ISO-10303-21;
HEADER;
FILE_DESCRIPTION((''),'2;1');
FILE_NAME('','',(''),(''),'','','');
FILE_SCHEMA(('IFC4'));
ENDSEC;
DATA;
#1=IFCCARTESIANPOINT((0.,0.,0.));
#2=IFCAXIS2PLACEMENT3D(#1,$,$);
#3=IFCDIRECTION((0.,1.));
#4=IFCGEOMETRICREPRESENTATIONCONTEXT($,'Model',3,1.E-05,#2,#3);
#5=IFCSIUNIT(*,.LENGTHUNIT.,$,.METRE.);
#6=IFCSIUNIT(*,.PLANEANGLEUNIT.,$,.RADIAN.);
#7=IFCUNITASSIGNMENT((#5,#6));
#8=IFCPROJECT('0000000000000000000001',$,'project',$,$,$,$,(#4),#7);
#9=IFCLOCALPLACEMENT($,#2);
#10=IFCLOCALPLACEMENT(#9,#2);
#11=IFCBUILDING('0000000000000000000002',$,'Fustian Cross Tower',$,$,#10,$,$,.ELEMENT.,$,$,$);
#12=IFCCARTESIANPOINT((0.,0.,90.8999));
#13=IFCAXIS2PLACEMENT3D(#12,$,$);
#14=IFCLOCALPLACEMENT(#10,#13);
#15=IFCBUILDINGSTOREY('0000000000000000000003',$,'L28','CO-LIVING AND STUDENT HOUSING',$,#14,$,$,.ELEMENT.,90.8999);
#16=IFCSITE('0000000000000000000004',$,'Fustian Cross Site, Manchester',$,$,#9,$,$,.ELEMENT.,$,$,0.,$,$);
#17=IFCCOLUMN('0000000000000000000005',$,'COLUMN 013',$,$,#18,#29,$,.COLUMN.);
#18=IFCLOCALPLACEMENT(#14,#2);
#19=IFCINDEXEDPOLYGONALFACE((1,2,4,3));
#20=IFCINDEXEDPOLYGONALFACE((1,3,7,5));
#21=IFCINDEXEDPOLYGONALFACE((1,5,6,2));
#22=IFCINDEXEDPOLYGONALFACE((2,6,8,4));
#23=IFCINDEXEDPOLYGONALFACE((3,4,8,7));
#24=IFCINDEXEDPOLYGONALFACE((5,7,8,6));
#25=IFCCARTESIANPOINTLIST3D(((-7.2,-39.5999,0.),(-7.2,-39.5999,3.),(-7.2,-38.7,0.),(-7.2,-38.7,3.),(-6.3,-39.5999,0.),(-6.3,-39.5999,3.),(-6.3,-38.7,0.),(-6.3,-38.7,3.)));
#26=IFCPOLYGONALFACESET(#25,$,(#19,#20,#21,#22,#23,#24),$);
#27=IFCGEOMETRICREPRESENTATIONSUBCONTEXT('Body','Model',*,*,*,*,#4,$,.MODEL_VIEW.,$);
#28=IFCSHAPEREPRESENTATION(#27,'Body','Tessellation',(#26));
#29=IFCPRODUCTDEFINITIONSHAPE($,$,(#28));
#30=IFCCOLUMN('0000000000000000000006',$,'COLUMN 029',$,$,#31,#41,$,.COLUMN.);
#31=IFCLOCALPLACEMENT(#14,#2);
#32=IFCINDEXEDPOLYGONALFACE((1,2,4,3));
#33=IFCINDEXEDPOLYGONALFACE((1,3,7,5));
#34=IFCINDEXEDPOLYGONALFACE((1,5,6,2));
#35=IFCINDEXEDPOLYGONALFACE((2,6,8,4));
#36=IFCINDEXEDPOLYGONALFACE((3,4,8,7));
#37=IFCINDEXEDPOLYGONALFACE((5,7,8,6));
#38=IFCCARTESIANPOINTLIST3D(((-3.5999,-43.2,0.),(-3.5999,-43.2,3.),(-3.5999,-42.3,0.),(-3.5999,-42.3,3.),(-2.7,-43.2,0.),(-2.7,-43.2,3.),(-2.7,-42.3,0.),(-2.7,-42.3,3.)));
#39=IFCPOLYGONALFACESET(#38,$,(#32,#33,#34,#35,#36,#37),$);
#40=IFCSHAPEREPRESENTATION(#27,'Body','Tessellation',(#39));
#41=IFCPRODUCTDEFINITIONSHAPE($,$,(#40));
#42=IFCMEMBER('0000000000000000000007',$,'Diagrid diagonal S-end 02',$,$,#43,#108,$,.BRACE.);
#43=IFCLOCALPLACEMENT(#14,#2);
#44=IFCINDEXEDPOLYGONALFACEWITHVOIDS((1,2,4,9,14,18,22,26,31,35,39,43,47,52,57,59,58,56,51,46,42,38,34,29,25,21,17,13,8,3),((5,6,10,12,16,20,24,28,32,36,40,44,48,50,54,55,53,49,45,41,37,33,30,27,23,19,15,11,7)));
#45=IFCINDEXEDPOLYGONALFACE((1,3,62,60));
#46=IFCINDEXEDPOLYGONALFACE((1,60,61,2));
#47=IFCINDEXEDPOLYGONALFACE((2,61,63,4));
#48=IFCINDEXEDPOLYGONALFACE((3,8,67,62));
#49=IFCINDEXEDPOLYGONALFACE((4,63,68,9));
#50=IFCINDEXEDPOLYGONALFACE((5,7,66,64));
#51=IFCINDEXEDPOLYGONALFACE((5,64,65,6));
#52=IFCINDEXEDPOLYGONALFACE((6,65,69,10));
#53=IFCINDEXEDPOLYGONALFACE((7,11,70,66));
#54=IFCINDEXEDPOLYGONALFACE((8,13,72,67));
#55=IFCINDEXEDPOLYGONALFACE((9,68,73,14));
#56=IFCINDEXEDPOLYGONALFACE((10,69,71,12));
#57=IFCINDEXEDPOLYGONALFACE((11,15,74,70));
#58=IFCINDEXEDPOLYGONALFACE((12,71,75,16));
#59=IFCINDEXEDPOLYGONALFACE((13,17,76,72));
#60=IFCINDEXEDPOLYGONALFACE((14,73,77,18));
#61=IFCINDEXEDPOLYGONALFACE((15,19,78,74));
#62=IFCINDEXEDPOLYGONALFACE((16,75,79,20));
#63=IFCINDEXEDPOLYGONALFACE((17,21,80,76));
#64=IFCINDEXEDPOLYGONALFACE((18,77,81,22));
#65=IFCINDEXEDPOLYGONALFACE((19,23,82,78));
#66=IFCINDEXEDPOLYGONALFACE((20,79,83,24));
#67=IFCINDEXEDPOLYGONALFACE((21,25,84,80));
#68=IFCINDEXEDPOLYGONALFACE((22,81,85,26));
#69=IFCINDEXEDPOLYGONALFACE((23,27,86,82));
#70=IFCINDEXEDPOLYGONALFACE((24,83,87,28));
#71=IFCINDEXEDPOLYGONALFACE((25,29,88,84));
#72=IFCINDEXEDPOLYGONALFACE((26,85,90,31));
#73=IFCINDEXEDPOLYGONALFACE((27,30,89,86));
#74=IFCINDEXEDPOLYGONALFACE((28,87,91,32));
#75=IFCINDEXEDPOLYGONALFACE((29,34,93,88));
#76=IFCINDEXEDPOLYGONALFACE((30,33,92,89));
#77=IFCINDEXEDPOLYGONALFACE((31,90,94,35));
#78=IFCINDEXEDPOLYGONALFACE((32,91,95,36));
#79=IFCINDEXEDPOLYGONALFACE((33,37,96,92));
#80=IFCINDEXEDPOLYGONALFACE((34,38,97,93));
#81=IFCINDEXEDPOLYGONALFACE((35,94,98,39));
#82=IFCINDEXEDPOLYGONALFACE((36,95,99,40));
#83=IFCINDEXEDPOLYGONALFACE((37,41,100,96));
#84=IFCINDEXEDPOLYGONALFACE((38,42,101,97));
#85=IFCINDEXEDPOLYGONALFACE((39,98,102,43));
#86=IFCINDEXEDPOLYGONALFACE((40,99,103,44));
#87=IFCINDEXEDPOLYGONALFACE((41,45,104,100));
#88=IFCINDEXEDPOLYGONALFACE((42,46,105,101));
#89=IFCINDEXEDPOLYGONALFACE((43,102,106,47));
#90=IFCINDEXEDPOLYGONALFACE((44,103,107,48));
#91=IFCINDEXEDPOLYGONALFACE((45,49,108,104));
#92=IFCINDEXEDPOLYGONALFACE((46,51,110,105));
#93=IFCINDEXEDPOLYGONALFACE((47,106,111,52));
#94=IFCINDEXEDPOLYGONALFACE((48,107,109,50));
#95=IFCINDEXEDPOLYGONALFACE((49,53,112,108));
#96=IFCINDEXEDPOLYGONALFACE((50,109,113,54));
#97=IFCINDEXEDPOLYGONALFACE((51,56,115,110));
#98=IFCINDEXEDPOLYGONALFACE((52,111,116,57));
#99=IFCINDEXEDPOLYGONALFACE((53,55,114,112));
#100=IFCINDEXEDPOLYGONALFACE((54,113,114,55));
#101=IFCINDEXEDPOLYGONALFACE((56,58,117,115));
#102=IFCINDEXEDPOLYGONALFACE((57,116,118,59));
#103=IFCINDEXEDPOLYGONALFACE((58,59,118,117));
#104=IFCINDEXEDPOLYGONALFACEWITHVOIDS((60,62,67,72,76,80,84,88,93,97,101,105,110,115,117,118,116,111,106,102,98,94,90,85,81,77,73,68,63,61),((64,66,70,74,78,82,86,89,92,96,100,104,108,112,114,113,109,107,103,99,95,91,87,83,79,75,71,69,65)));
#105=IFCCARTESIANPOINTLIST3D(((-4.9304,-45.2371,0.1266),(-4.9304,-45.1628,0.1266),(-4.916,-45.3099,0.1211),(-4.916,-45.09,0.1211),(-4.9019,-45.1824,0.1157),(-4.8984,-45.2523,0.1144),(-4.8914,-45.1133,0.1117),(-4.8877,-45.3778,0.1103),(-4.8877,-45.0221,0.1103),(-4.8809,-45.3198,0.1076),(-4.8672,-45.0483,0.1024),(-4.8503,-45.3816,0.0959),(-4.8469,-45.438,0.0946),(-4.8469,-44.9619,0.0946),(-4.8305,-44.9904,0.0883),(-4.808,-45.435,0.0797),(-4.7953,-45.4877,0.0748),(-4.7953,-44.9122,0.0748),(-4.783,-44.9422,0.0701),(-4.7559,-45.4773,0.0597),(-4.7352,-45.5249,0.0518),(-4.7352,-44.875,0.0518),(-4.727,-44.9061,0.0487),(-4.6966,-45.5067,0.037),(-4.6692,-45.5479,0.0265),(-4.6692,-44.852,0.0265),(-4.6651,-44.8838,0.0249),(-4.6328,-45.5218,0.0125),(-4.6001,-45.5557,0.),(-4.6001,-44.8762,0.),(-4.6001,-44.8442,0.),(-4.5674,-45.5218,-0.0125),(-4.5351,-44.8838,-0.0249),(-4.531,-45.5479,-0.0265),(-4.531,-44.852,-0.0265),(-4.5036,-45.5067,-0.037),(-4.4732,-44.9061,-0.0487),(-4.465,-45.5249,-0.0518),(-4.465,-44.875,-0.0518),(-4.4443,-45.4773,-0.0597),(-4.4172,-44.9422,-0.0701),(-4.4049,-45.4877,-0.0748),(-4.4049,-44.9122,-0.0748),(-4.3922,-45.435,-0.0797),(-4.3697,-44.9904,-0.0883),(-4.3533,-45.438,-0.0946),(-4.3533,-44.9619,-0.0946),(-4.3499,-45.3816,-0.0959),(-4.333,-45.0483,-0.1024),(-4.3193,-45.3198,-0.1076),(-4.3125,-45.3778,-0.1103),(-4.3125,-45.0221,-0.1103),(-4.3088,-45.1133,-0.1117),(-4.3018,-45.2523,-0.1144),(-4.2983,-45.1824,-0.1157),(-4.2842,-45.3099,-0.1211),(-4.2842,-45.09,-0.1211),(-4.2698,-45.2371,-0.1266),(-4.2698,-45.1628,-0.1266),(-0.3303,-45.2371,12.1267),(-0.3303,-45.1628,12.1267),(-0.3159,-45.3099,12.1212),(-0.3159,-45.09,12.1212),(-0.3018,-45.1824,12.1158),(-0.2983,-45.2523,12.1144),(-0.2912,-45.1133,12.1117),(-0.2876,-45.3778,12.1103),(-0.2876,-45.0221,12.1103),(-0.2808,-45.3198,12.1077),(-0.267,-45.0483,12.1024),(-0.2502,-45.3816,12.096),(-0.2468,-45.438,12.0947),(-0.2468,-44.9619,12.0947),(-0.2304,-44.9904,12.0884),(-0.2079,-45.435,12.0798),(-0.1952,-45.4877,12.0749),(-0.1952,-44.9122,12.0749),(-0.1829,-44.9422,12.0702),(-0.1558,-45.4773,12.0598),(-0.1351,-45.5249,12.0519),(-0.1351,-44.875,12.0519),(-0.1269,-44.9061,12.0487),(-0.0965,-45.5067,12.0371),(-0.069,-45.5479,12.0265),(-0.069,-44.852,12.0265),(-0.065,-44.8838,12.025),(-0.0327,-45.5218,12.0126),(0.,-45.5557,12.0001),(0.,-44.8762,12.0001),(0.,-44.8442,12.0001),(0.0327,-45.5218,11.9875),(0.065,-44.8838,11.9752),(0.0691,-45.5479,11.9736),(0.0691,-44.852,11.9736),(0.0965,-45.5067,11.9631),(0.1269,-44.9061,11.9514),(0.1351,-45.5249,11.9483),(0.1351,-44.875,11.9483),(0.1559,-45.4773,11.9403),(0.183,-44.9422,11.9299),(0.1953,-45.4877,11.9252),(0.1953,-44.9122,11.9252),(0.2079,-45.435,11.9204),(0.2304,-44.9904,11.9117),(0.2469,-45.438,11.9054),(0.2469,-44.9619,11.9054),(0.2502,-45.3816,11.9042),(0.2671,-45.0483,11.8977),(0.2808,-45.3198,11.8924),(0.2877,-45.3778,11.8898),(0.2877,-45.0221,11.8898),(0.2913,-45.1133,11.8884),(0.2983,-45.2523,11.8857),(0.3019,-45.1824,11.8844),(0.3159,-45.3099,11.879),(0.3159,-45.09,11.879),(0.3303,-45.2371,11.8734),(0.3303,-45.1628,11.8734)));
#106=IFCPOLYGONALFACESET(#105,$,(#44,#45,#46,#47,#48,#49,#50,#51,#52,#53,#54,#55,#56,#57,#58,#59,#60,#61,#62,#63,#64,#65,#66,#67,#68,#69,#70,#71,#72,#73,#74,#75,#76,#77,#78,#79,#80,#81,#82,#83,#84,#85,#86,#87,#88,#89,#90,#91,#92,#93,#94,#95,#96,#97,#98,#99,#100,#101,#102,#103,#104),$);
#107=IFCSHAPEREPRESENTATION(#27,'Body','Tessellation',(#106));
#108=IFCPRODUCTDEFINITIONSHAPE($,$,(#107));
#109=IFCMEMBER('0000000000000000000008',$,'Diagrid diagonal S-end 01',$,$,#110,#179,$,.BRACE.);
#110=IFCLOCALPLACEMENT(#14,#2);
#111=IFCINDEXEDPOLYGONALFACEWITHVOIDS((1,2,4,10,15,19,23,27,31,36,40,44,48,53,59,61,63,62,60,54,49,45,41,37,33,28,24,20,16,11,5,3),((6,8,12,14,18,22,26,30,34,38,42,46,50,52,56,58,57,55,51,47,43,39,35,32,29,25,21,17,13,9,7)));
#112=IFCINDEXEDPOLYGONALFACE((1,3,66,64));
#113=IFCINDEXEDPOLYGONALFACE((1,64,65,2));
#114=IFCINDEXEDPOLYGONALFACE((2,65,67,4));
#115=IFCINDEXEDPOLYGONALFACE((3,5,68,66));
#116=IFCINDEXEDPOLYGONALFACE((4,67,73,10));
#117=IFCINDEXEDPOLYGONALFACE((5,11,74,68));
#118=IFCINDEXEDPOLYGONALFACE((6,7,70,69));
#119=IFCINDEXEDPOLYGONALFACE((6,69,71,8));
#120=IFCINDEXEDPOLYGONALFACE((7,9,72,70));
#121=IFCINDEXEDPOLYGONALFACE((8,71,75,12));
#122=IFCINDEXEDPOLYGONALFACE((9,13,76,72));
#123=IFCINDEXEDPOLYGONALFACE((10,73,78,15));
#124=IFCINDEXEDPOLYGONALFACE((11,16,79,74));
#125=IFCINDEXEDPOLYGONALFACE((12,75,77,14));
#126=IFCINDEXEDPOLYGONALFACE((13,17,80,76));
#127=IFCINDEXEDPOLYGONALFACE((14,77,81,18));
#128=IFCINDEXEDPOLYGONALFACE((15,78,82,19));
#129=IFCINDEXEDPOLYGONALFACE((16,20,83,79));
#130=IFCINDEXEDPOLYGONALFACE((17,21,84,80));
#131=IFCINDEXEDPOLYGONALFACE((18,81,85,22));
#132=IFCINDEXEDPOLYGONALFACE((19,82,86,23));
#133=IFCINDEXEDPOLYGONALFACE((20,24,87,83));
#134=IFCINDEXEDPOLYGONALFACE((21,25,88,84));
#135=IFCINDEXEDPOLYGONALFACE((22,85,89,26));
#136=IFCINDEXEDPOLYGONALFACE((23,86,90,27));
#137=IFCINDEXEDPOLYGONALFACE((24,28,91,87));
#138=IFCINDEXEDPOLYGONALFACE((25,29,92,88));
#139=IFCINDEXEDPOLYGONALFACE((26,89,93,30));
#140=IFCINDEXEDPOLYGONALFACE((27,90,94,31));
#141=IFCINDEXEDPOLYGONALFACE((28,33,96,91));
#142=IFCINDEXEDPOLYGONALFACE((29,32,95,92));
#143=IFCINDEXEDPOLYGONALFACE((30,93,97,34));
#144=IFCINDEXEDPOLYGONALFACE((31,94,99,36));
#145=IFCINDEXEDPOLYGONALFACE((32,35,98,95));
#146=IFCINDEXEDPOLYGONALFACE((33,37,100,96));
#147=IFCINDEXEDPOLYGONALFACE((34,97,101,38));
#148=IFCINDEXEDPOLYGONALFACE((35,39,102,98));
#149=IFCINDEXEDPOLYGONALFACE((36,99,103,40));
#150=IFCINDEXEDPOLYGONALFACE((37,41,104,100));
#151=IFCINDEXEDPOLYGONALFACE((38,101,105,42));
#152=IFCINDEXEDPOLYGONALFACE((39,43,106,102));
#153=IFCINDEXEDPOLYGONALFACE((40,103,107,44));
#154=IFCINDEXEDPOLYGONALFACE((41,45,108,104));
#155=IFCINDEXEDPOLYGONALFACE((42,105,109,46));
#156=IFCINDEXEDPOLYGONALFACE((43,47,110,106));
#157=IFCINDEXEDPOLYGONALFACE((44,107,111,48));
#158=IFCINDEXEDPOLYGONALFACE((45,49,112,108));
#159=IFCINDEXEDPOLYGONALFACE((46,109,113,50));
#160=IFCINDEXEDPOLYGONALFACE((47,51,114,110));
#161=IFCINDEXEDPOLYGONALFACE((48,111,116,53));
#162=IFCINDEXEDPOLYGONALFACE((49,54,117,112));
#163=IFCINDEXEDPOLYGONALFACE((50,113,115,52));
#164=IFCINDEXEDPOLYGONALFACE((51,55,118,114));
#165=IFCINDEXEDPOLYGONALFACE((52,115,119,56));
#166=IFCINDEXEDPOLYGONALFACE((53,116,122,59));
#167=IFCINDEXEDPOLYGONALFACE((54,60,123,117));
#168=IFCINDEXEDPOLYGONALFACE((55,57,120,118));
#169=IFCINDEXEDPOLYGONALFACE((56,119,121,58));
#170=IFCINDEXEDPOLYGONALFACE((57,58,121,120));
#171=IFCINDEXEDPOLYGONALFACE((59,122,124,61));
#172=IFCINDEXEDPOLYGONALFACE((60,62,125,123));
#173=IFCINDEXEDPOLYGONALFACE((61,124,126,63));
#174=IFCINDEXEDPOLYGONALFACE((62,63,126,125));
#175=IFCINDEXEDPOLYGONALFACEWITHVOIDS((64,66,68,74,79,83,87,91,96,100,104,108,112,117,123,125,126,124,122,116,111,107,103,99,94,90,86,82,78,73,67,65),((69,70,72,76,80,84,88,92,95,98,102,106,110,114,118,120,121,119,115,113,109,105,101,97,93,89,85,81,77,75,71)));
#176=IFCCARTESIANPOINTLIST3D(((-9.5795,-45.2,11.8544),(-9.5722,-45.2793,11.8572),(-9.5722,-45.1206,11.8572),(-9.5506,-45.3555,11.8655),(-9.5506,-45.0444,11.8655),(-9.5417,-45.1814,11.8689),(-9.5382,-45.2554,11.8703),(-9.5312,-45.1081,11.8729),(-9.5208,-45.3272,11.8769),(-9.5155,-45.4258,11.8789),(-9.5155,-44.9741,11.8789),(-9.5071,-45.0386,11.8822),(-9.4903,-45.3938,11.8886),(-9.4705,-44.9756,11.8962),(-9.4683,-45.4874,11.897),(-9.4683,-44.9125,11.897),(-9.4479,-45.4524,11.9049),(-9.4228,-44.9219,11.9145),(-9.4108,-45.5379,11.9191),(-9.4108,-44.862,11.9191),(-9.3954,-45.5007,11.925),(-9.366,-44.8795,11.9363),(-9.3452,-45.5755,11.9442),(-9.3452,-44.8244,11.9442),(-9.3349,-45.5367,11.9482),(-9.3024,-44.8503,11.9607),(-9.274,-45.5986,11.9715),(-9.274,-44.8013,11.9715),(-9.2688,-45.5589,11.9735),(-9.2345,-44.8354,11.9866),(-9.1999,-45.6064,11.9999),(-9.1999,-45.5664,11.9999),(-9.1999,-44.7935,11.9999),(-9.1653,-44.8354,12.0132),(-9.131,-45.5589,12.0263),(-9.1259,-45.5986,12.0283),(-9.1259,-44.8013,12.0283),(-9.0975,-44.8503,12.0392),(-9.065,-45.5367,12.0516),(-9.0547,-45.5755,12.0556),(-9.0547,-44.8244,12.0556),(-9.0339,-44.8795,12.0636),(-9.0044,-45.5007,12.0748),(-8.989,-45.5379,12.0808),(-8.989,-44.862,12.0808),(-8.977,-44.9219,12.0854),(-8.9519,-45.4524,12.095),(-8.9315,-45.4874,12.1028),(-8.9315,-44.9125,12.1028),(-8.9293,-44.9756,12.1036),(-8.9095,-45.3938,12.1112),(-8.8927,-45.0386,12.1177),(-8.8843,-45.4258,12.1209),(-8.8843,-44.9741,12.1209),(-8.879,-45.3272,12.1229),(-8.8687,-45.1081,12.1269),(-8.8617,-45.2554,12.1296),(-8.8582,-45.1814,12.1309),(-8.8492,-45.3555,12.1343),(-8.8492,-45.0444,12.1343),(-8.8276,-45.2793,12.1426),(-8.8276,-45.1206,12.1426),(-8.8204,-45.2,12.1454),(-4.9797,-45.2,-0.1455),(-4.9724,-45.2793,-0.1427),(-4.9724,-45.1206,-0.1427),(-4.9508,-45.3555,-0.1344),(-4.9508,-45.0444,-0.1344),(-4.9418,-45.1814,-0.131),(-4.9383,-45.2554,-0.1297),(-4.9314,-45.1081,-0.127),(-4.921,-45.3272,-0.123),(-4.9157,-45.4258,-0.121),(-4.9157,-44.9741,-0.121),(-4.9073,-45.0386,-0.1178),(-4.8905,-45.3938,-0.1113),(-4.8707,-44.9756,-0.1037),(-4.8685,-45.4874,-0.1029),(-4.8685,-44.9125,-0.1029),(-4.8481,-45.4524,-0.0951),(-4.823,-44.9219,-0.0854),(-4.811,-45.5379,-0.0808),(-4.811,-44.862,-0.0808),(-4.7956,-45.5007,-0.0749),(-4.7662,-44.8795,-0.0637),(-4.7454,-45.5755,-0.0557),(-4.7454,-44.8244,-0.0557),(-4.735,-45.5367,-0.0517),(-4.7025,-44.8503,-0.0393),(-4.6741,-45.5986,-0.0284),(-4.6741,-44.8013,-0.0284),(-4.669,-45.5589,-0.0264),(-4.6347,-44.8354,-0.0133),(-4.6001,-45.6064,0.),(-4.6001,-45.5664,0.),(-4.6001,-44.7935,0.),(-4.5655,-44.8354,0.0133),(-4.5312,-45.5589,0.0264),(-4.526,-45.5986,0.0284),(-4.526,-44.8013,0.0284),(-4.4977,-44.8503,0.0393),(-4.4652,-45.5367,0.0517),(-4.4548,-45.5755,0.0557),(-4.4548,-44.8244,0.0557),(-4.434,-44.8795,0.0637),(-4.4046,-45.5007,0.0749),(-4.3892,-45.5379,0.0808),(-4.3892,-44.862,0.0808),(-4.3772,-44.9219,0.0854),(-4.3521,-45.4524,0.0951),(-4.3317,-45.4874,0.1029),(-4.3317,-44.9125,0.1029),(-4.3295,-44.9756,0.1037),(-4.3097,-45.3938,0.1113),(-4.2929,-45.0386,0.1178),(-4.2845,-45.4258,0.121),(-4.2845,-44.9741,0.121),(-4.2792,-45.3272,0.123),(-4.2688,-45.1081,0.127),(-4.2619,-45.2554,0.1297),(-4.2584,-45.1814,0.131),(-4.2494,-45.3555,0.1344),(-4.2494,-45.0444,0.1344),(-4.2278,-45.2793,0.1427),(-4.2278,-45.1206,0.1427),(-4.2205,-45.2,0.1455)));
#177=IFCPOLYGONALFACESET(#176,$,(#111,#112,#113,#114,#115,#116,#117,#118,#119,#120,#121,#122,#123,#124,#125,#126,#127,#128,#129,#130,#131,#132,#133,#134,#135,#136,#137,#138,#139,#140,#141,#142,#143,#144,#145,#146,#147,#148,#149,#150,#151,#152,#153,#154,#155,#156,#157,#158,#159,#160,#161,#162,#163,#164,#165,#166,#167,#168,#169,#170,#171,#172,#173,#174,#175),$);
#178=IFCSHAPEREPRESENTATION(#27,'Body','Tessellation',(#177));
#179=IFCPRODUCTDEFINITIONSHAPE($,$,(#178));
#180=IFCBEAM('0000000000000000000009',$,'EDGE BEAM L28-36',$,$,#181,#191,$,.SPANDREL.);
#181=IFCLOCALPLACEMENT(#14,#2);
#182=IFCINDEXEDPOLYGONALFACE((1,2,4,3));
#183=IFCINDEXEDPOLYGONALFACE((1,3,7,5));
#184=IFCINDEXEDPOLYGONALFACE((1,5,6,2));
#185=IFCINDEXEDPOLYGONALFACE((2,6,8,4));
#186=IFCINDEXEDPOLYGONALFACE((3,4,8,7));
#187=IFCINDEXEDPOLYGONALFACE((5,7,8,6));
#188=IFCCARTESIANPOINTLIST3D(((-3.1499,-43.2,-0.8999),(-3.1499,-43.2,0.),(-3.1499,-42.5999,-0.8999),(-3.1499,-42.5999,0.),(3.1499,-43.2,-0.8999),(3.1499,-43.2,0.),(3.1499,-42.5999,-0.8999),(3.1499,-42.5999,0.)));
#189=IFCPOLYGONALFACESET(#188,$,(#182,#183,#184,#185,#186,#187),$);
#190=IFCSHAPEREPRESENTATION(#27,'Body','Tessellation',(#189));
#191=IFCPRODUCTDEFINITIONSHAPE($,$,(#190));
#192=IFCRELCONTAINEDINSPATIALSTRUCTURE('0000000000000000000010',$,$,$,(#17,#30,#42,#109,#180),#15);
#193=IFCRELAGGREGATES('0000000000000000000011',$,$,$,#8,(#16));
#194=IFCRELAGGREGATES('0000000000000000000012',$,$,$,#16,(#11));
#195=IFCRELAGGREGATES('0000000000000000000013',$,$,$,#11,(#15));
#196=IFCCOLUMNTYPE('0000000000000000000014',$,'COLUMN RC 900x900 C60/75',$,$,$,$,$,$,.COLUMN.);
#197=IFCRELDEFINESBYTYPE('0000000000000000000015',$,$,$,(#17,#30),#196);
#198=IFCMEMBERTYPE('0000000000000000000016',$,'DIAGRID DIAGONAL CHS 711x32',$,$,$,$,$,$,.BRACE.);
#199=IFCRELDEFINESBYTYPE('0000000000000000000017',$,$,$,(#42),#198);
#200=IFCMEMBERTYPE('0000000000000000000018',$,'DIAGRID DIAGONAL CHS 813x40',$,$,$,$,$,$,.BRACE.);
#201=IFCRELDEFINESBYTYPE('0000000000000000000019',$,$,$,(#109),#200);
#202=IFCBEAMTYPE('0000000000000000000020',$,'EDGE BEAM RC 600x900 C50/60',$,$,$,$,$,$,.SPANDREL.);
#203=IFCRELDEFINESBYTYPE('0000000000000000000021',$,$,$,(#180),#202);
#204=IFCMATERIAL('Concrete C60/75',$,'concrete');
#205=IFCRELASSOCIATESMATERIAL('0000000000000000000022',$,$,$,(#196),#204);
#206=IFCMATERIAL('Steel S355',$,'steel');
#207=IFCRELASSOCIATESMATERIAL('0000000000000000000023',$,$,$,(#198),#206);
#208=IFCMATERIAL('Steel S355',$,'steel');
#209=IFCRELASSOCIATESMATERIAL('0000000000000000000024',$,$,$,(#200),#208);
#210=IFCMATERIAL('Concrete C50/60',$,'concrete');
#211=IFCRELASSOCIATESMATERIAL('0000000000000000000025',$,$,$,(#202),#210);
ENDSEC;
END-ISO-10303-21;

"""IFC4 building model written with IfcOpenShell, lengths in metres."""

from ifc_helpers import new_model, si_unit, direction, frame, origin, origin_2d, place, context, subcontext, project, spatial, rectangle, hollow_circle, extrude, material, material_profile, profile_set, type_object, element, save


model = new_model("IFC4")

# Units and contexts
model_context = context("Model", 3, precision=1e-05, world=origin(), true_north=direction((0.0, 1.0)))
body_context = subcontext(model_context, "Body", "Model", "MODEL_VIEW")
ifc_project = project(units=[si_unit("LENGTHUNIT", "METRE"), si_unit("PLANEANGLEUNIT", "RADIAN")], contexts=[model_context])

# Site, building, storey
site_placement = place(None, origin())
site = spatial("IfcSite", under=ifc_project, at=site_placement, Name="Fustian Cross Site, Manchester", CompositionType="ELEMENT", RefElevation=0.0)
building_placement = place(site_placement, origin())
building = spatial("IfcBuilding", under=site, at=building_placement, Name="Fustian Cross Tower", CompositionType="ELEMENT")
storey_placement = place(building_placement, frame((0.0, 0.0, 90.8999)))
storey = spatial("IfcBuildingStorey", under=building, at=storey_placement, Name="L28", Description="CO-LIVING AND STUDENT HOUSING", CompositionType="ELEMENT", Elevation=90.8999)

# Columns
ifc_material_1 = material(Name="Concrete C60/75", Category="concrete")
ifc_material_profile_1 = material_profile(ifc_material_1, rectangle(XDim=0.8999, YDim=0.8999, at=origin_2d()), Name="RC 900x900")
ifc_profile_set_1 = profile_set([ifc_material_profile_1], Name="Concrete C60/75")
column_type = type_object("IfcColumnType", Name="COLUMN RC 900x900 C60/75", PredefinedType="COLUMN", material=ifc_profile_set_1)
for number, where, z_axis, x_axis, name in (
    (1, (-6.75, -39.1499, 0.0), (0.0, 0.0, 1.0), (1.0, 0.0, 0.0), "COLUMN 013"),
    (2, (-3.1499, -42.75, 0.0), (0.0, 0.0, 1.0), (1.0, 0.0, 0.0), "COLUMN 029"),
):
    element("IfcColumn", number, at=place(storey_placement, frame(where, z_axis=z_axis, x_axis=x_axis)), inside=storey, type_object=column_type, Name=name, PredefinedType="COLUMN", context=body_context, shape_type="SweptSolid", body=[
        extrude(rectangle(XDim=0.8999, YDim=0.8999, at=origin_2d()), origin(), (0.0, 0.0, 1.0), 3.0),
    ])

# Members
ifc_material_2 = material(Name="Steel S355", Category="steel")
ifc_material_profile_2 = material_profile(ifc_material_2, hollow_circle(Radius=0.3557, WallThickness=0.032, at=origin_2d()), Name="CHS 711x32")
ifc_profile_set_2 = profile_set([ifc_material_profile_2], Name="Steel S355")
member_type_1 = type_object("IfcMemberType", Name="DIAGRID DIAGONAL CHS 711x32", PredefinedType="BRACE", material=ifc_profile_set_2)
member_1_placement = place(storey_placement, frame((-4.6001, -45.2, 0.0), z_axis=(0.357943, 0.0, 0.933744), x_axis=(0.0, 1.0, 0.0)))
element("IfcMember", 3, at=member_1_placement, inside=storey, type_object=member_type_1, Name="Diagrid diagonal S-end 02", PredefinedType="BRACE", context=body_context, shape_type="SweptSolid", body=[
    extrude(hollow_circle(Radius=0.3557, WallThickness=0.032, at=origin_2d()), origin(), (0.0, 0.0, 1.0), 12.8516),
])
ifc_material_3 = material(Name="Steel S355", Category="steel")
ifc_material_profile_3 = material_profile(ifc_material_3, hollow_circle(Radius=0.4065, WallThickness=0.04, at=origin_2d()), Name="CHS 813x40")
ifc_profile_set_3 = profile_set([ifc_material_profile_3], Name="Steel S355")
member_type_2 = type_object("IfcMemberType", Name="DIAGRID DIAGONAL CHS 813x40", PredefinedType="BRACE", material=ifc_profile_set_3)
member_2_placement = place(storey_placement, frame((-4.6001, -45.2, 0.0), z_axis=(-0.357926, 0.0, 0.93375), x_axis=(0.0, -1.0, 0.0)))
element("IfcMember", 4, at=member_2_placement, inside=storey, type_object=member_type_2, Name="Diagrid diagonal S-end 01", PredefinedType="BRACE", context=body_context, shape_type="SweptSolid", body=[
    extrude(hollow_circle(Radius=0.4065, WallThickness=0.04, at=origin_2d()), origin(), (0.0, 0.0, 1.0), 12.8513),
])

# Beam
ifc_material_4 = material(Name="Concrete C50/60", Category="concrete")
ifc_material_profile_4 = material_profile(ifc_material_4, rectangle(XDim=0.6001, YDim=0.8999, at=origin_2d()), Name="RC 600x900")
ifc_profile_set_4 = profile_set([ifc_material_profile_4], Name="Concrete C50/60")
beam_type = type_object("IfcBeamType", Name="EDGE BEAM RC 600x900 C50/60", PredefinedType="SPANDREL", material=ifc_profile_set_4)
beam_placement = place(storey_placement, frame((-3.1499, -42.8999, -0.45), z_axis=(1.0, 0.0, 0.0), x_axis=(0.0, 1.0, 0.0)))
element("IfcBeam", 5, at=beam_placement, inside=storey, type_object=beam_type, Name="EDGE BEAM L28-36", PredefinedType="SPANDREL", context=body_context, shape_type="SweptSolid", body=[
    extrude(rectangle(XDim=0.6001, YDim=0.8999, at=origin_2d()), origin(), (0.0, 0.0, 1.0), 6.2998),
])

save(model, "model.ifc")
